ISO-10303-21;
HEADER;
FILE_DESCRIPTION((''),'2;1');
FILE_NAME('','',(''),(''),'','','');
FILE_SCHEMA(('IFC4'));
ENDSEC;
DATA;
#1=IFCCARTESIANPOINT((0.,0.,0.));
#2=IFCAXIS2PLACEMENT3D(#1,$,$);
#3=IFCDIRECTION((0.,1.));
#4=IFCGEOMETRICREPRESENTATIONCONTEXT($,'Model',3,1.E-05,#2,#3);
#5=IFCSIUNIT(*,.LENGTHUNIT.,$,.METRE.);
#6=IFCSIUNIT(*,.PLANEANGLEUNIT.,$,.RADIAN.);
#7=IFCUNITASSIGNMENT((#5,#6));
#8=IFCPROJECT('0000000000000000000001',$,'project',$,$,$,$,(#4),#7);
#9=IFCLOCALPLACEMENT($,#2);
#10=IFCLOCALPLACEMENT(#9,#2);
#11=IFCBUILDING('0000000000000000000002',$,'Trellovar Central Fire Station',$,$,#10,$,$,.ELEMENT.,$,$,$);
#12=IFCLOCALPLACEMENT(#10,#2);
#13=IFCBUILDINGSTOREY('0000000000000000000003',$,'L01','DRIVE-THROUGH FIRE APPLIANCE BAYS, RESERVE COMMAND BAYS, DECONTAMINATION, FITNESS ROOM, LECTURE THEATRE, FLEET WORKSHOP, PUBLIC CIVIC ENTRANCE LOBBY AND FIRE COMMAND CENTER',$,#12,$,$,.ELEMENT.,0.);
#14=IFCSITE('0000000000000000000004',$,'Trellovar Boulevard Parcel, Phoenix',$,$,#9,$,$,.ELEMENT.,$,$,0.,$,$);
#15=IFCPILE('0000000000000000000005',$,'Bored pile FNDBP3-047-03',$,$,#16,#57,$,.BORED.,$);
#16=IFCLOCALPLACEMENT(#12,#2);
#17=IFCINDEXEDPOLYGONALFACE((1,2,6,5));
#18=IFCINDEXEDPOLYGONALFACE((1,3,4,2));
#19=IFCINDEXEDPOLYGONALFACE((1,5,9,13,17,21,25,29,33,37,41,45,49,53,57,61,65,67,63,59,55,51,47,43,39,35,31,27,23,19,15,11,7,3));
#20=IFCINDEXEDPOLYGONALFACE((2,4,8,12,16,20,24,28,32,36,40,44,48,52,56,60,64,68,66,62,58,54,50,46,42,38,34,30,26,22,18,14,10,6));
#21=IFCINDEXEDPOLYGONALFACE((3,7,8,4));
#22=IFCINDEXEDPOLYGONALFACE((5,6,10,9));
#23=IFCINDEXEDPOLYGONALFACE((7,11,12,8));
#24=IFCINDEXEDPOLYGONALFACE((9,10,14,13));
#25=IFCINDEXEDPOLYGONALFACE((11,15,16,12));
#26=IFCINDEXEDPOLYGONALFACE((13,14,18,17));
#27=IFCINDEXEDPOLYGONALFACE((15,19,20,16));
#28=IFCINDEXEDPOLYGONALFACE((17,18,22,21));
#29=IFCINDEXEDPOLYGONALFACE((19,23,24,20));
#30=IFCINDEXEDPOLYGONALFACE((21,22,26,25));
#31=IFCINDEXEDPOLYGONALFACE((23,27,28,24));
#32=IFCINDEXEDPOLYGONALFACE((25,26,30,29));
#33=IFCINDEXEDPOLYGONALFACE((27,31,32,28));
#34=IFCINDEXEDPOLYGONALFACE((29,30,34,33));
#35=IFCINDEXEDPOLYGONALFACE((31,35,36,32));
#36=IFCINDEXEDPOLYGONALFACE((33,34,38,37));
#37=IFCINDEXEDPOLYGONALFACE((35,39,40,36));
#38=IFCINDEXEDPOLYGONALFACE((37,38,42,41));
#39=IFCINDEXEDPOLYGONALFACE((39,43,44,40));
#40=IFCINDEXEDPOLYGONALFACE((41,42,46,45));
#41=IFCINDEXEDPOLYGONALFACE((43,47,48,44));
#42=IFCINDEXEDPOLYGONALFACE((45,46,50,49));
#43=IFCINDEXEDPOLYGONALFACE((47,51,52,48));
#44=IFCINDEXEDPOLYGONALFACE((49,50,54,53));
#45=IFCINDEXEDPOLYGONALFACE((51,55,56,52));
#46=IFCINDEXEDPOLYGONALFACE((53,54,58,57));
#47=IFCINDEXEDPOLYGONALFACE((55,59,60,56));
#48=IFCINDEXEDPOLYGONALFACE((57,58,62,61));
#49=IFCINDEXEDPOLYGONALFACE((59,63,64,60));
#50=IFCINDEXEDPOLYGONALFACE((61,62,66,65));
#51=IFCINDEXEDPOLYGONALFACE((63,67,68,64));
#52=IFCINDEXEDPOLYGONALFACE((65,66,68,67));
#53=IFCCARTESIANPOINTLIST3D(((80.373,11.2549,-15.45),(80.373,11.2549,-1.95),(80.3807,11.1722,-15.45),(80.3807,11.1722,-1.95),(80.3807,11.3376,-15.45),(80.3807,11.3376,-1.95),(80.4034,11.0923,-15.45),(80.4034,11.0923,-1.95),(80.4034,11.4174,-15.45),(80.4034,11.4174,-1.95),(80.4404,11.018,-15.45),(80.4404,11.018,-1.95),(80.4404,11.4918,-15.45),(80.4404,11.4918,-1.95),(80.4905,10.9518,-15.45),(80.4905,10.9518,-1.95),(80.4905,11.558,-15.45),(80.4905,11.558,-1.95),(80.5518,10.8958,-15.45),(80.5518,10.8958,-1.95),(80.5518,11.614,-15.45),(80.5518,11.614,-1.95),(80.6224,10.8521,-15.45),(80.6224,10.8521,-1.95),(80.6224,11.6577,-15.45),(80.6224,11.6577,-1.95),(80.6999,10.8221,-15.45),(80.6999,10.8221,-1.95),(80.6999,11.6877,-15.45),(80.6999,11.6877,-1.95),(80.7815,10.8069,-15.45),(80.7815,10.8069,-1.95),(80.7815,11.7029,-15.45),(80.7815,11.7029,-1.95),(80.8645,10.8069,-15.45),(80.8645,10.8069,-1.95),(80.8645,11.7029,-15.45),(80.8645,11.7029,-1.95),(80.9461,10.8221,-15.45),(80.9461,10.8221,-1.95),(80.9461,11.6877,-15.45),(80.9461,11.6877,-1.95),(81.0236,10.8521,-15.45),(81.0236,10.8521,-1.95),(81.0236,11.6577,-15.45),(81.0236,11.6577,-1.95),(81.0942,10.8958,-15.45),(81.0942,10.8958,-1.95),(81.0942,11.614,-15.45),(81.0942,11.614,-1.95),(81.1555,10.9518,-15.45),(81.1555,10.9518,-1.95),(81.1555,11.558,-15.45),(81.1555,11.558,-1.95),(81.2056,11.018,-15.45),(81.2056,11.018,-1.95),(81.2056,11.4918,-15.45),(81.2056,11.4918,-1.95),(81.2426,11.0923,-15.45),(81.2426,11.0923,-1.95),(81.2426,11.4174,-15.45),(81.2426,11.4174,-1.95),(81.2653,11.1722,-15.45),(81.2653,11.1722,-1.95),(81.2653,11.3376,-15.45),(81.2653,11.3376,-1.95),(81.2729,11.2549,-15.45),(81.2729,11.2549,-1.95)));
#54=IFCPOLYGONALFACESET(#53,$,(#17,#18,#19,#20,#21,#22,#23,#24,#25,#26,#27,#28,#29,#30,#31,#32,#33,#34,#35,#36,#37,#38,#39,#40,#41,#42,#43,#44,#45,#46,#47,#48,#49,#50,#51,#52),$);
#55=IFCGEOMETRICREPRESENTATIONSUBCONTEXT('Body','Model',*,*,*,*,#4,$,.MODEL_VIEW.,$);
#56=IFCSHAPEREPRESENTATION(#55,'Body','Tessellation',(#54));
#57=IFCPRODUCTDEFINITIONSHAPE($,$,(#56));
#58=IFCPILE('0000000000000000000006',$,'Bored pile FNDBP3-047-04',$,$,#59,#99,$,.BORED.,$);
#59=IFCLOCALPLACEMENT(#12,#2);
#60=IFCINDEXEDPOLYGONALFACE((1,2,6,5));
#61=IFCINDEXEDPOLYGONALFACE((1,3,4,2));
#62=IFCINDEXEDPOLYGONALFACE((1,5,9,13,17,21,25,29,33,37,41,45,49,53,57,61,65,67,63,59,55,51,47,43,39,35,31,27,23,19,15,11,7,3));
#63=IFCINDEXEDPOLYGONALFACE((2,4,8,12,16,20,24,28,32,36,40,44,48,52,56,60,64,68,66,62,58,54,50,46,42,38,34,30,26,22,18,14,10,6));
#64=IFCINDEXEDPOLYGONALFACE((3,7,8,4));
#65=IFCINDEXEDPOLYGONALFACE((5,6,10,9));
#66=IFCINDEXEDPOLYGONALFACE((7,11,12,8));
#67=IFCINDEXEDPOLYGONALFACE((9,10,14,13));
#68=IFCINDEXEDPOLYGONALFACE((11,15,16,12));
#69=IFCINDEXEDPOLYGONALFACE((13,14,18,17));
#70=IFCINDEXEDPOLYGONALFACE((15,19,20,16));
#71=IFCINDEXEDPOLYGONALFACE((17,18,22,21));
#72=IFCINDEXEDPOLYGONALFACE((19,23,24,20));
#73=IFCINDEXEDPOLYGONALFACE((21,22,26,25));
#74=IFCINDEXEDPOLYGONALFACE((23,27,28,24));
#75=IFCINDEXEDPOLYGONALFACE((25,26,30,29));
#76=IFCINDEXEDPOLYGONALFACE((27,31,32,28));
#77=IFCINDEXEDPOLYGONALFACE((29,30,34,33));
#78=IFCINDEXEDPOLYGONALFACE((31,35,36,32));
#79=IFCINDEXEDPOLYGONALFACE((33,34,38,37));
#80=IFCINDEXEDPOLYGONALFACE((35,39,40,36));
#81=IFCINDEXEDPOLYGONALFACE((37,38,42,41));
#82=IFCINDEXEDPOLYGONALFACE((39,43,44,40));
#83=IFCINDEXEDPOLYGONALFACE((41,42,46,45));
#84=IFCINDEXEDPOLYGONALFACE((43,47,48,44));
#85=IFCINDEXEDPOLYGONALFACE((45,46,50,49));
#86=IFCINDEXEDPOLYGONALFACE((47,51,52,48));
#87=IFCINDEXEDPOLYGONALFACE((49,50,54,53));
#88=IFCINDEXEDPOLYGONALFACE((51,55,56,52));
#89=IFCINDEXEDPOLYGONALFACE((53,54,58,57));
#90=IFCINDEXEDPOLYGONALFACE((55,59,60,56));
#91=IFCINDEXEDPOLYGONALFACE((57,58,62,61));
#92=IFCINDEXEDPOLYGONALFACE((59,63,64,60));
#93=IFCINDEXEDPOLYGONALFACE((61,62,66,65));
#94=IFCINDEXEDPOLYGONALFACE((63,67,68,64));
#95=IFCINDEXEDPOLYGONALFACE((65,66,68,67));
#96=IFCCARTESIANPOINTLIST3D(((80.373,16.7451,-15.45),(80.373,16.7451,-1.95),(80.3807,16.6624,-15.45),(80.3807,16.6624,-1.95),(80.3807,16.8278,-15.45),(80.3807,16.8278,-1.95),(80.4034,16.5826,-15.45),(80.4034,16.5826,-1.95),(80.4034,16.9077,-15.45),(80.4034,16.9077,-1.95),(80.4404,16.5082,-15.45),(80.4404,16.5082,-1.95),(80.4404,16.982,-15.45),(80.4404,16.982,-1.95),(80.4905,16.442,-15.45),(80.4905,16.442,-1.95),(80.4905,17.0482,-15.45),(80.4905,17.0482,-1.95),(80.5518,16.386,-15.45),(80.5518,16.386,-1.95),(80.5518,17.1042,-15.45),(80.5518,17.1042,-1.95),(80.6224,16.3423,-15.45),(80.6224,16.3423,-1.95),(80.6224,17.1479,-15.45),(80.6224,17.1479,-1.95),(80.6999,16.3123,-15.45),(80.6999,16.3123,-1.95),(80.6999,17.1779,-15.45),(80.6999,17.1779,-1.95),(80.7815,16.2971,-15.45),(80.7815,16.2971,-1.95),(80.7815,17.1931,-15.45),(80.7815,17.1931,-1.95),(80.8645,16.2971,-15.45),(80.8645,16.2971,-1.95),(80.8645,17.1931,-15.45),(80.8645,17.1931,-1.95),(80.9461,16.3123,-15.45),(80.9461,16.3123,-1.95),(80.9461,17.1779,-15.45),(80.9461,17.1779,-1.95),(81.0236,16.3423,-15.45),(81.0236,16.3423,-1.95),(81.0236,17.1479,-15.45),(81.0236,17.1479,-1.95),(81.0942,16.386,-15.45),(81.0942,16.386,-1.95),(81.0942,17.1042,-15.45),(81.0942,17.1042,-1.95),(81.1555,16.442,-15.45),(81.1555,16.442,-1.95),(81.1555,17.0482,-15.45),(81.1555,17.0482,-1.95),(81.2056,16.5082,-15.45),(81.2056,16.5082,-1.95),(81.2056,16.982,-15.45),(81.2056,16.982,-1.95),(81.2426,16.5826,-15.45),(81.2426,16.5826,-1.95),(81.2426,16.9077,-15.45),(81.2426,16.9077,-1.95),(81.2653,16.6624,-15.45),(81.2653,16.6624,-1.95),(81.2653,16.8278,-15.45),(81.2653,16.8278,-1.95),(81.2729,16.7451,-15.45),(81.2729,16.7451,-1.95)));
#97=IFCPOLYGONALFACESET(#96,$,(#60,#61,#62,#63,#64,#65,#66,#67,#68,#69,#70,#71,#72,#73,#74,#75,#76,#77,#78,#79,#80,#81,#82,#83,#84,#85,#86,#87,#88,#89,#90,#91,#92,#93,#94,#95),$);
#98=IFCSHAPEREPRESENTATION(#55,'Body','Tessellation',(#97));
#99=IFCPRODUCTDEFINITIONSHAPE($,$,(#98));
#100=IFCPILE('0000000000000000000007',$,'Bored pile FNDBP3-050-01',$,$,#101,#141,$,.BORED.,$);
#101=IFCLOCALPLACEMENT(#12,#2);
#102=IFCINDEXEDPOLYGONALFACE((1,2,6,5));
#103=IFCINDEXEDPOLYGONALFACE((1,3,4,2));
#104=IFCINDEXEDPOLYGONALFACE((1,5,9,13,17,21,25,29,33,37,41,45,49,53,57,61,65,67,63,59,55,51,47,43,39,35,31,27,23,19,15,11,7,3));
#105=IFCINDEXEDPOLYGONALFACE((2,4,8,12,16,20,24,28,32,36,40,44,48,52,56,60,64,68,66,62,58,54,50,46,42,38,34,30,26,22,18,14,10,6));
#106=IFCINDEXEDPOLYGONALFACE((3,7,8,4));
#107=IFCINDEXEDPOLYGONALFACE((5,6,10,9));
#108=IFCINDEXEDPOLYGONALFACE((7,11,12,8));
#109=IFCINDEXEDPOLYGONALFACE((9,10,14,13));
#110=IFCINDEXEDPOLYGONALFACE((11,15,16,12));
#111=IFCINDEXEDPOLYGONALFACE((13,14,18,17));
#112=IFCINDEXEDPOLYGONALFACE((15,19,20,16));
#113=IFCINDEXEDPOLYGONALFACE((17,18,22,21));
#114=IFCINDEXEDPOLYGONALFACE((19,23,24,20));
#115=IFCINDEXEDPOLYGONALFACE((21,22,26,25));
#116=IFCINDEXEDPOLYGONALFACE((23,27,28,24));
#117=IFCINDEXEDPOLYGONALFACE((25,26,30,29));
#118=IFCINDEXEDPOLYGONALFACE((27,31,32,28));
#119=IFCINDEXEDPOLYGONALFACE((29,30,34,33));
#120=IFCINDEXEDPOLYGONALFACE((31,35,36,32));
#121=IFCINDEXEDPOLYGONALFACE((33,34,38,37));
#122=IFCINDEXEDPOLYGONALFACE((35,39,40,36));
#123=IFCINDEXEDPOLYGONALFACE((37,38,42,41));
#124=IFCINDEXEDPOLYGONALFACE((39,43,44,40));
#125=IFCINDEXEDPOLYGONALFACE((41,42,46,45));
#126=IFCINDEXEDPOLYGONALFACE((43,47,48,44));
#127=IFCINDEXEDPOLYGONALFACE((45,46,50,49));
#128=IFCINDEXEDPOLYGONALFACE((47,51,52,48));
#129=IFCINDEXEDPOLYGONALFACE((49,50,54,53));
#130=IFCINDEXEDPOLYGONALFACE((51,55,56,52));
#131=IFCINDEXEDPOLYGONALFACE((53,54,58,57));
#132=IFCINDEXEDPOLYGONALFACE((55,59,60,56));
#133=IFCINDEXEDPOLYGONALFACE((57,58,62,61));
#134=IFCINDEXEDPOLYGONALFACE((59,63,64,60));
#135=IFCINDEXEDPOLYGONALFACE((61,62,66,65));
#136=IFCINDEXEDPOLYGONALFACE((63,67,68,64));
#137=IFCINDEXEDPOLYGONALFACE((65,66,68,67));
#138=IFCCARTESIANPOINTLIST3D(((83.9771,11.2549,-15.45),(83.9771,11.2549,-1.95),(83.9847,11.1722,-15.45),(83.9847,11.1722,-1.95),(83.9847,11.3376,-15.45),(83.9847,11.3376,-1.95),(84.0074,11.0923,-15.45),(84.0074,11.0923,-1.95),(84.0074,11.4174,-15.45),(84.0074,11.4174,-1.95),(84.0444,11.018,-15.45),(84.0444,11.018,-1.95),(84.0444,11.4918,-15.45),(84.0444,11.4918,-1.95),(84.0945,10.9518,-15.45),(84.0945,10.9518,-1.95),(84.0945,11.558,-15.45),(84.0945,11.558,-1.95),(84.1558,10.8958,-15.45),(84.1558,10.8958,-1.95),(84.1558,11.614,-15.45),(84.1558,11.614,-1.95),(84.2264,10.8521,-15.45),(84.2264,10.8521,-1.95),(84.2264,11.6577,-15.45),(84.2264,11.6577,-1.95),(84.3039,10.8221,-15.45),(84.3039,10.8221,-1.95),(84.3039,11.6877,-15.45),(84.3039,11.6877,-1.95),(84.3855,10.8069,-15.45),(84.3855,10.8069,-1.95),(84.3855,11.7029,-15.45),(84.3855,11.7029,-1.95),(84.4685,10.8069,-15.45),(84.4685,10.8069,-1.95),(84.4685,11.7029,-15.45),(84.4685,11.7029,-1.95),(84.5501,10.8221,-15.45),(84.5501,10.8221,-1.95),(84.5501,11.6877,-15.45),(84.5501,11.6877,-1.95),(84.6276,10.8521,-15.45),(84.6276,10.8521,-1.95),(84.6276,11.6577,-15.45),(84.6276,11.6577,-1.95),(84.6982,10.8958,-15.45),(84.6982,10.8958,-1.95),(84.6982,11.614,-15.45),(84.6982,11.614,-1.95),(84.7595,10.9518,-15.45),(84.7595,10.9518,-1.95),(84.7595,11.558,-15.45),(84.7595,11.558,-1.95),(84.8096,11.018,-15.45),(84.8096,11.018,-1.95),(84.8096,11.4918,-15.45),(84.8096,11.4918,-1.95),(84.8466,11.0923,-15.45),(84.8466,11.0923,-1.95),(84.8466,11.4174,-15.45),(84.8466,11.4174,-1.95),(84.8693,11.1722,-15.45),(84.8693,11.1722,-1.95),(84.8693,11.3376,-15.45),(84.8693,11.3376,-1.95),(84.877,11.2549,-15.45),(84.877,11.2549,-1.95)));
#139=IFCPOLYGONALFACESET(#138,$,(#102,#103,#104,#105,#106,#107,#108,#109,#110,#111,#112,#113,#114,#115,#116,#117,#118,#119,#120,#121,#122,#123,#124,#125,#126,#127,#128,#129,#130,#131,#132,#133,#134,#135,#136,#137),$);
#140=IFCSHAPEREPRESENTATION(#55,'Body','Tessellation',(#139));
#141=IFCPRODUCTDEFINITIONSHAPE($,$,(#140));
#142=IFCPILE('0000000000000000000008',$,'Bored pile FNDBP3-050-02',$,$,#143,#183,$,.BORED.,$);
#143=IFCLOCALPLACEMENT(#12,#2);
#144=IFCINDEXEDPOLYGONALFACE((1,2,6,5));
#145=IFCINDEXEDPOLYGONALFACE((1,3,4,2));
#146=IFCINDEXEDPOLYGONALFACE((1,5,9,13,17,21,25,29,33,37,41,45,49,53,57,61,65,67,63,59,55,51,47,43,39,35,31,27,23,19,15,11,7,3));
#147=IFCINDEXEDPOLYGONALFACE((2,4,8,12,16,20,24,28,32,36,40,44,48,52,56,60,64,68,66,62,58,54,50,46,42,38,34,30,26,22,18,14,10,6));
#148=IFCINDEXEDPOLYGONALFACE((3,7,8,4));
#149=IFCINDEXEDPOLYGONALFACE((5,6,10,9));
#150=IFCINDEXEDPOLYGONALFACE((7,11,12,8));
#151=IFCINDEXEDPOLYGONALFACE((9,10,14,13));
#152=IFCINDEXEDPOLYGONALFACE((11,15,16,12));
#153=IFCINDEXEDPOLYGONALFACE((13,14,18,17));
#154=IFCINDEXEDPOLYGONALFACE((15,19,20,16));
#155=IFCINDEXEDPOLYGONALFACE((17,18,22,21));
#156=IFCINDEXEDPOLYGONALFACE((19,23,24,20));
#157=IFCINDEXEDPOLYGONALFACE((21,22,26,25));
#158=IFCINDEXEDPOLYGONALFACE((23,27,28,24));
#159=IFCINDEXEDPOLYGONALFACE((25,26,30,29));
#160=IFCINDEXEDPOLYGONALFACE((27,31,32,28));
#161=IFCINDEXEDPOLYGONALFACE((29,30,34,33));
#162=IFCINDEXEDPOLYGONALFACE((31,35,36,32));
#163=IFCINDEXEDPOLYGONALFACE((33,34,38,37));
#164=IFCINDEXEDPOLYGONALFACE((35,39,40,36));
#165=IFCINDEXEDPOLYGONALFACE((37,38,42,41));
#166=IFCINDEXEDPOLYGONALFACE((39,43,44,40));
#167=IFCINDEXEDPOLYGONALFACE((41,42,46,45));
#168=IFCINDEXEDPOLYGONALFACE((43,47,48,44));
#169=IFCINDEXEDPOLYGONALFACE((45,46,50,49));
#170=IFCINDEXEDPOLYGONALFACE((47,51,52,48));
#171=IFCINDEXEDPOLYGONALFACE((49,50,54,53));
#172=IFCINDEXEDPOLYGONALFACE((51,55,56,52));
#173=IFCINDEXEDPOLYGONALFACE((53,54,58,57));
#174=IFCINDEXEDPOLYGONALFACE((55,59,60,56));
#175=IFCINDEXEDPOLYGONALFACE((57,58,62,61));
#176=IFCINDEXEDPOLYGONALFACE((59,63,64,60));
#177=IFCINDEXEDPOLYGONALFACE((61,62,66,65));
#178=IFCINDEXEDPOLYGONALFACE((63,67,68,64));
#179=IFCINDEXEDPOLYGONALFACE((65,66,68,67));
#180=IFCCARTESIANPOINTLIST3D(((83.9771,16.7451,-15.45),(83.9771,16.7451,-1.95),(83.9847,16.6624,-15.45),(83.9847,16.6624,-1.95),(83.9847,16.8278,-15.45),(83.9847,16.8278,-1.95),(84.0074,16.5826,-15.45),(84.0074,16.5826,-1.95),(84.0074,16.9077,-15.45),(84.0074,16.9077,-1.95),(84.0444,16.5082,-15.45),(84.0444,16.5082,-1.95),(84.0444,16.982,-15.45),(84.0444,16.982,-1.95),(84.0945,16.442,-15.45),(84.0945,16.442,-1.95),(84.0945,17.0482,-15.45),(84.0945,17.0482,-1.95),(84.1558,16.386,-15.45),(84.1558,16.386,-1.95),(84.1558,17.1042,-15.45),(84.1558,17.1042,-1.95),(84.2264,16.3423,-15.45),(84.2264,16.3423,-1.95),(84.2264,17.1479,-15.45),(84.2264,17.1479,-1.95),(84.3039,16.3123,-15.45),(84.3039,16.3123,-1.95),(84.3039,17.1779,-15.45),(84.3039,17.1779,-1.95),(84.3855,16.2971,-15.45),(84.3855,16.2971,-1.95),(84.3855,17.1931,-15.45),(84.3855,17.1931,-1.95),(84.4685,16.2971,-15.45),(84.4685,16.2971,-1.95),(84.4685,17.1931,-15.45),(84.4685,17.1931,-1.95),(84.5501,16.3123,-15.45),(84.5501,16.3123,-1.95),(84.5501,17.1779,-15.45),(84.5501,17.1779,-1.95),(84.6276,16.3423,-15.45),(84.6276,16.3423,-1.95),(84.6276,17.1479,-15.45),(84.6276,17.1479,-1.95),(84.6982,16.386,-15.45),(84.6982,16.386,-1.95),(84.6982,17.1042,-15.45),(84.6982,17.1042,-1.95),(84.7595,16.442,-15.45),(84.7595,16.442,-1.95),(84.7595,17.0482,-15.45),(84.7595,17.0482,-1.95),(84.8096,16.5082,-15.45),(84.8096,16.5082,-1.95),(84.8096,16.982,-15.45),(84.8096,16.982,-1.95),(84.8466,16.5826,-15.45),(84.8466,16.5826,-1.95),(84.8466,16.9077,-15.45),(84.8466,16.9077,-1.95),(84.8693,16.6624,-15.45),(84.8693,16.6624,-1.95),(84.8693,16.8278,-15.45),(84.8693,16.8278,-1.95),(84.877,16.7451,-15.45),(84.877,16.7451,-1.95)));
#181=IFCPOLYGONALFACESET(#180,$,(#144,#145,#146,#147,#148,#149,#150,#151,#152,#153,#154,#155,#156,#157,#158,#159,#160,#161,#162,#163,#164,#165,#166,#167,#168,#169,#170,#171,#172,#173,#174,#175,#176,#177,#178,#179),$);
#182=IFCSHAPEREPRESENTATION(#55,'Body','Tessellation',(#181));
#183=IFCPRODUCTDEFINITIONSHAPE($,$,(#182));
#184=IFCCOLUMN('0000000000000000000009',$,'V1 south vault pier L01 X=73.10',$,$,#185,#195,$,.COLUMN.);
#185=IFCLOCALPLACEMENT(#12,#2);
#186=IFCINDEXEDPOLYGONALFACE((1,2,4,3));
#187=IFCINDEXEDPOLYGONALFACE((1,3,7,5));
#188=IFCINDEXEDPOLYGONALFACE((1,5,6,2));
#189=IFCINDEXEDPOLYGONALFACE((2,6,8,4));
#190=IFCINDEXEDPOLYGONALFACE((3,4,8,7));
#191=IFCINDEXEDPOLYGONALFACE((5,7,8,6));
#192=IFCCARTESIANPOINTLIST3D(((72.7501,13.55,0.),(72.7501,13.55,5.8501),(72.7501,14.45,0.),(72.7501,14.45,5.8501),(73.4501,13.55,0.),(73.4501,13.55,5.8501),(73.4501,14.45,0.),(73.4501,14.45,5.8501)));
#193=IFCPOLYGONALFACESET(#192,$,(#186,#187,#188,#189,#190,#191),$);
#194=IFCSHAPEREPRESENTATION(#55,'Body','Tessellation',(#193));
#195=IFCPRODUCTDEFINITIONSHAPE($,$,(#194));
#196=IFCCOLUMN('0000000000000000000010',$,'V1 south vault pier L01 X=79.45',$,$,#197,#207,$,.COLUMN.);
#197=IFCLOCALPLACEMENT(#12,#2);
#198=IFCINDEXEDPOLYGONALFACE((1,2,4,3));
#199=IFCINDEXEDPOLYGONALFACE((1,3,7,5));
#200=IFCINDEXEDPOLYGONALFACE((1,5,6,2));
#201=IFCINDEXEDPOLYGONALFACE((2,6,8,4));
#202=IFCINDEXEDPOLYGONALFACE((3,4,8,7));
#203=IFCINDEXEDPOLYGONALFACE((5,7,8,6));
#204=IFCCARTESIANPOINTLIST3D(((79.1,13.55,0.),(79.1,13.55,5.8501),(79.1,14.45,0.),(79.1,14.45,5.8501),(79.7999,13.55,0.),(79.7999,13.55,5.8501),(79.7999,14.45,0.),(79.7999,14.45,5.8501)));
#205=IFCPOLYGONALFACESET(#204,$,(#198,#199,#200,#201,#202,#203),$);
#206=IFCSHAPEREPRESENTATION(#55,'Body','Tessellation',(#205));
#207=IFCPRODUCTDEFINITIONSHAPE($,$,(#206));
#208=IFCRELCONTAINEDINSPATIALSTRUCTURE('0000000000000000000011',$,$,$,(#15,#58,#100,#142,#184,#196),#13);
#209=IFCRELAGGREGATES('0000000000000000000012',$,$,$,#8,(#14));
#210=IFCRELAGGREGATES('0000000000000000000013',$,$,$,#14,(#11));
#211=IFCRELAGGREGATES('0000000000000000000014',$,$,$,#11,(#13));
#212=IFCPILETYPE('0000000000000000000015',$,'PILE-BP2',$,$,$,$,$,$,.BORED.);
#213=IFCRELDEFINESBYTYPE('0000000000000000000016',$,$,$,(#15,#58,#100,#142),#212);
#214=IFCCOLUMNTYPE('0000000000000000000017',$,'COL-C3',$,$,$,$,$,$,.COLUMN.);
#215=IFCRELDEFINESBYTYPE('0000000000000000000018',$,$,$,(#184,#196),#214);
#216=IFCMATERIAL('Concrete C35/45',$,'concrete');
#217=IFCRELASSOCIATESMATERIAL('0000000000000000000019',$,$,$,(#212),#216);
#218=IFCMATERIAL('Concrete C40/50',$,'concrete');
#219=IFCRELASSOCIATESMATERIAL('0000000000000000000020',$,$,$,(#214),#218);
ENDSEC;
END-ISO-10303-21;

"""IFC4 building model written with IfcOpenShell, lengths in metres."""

from ifc_helpers import new_model, si_unit, direction, frame, origin, origin_2d, place, context, subcontext, project, spatial, rectangle, circle, extrude, material, material_profile, profile_set, type_object, element, save


model = new_model("IFC4")

# Units and contexts
model_context = context("Model", 3, precision=1e-05, world=origin(), true_north=direction((0.0, 1.0)))
body_context = subcontext(model_context, "Body", "Model", "MODEL_VIEW")
ifc_project = project(units=[si_unit("LENGTHUNIT", "METRE"), si_unit("PLANEANGLEUNIT", "RADIAN")], contexts=[model_context])

# Site, building, storey
site_placement = place(None, origin())
site = spatial("IfcSite", under=ifc_project, at=site_placement, Name="Trellovar Boulevard Parcel, Phoenix", CompositionType="ELEMENT", RefElevation=0.0)
building_placement = place(site_placement, origin())
building = spatial("IfcBuilding", under=site, at=building_placement, Name="Trellovar Central Fire Station", CompositionType="ELEMENT")
storey_placement = place(building_placement, origin())
storey = spatial("IfcBuildingStorey", under=building, at=storey_placement, Name="L01", Description="DRIVE-THROUGH FIRE APPLIANCE BAYS, RESERVE COMMAND BAYS, DECONTAMINATION, FITNESS ROOM, LECTURE THEATRE, FLEET WORKSHOP, PUBLIC CIVIC ENTRANCE LOBBY AND FIRE COMMAND CENTER", CompositionType="ELEMENT", Elevation=0.0)

# Piles
ifc_material_1 = material(Name="Concrete C35/45", Category="concrete")
ifc_material_profile_1 = material_profile(ifc_material_1, circle(Radius=0.45, at=origin_2d()), Name="PILE900")
ifc_profile_set_1 = profile_set([ifc_material_profile_1], Name="Concrete C35/45")
pile_type = type_object("IfcPileType", Name="PILE-BP2", PredefinedType="BORED", material=ifc_profile_set_1)
for number, where, z_axis, x_axis, name in (
    (1, (80.823, 11.2549, -1.95), (0.0, 0.0, -1.0), (1.0, 0.0, 0.0), "Bored pile FNDBP3-047-03"),
    (2, (80.823, 16.7451, -1.95), (0.0, 0.0, -1.0), (1.0, 0.0, 0.0), "Bored pile FNDBP3-047-04"),
    (3, (84.427, 11.2549, -1.95), (0.0, 0.0, -1.0), (1.0, 0.0, 0.0), "Bored pile FNDBP3-050-01"),
    (4, (84.427, 16.7451, -1.95), (0.0, 0.0, -1.0), (1.0, 0.0, 0.0), "Bored pile FNDBP3-050-02"),
):
    element("IfcPile", number, at=place(storey_placement, frame(where, z_axis=z_axis, x_axis=x_axis)), inside=storey, type_object=pile_type, Name=name, PredefinedType="BORED", context=body_context, shape_type="SweptSolid", body=[
        extrude(circle(Radius=0.45, at=origin_2d()), origin(), (0.0, 0.0, 1.0), 13.5),
    ])

# Columns
ifc_material_2 = material(Name="Concrete C40/50", Category="concrete")
ifc_material_profile_2 = material_profile(ifc_material_2, rectangle(XDim=0.7, YDim=0.8999, at=origin_2d()), Name="RC700X900")
ifc_profile_set_2 = profile_set([ifc_material_profile_2], Name="Concrete C40/50")
column_type = type_object("IfcColumnType", Name="COL-C3", PredefinedType="COLUMN", material=ifc_profile_set_2)
for number, where, z_axis, x_axis, name in (
    (5, (73.1001, 14.0, 0.0), (0.0, 0.0, 1.0), (1.0, 0.0, 0.0), "V1 south vault pier L01 X=73.10"),
    (6, (79.45, 14.0, 0.0), (0.0, 0.0, 1.0), (1.0, 0.0, 0.0), "V1 south vault pier L01 X=79.45"),
):
    element("IfcColumn", number, at=place(storey_placement, frame(where, z_axis=z_axis, x_axis=x_axis)), inside=storey, type_object=column_type, Name=name, PredefinedType="COLUMN", context=body_context, shape_type="SweptSolid", body=[
        extrude(rectangle(XDim=0.7, YDim=0.8999, at=origin_2d()), origin(), (0.0, 0.0, 1.0), 5.8501),
    ])

save(model, "model.ifc")
